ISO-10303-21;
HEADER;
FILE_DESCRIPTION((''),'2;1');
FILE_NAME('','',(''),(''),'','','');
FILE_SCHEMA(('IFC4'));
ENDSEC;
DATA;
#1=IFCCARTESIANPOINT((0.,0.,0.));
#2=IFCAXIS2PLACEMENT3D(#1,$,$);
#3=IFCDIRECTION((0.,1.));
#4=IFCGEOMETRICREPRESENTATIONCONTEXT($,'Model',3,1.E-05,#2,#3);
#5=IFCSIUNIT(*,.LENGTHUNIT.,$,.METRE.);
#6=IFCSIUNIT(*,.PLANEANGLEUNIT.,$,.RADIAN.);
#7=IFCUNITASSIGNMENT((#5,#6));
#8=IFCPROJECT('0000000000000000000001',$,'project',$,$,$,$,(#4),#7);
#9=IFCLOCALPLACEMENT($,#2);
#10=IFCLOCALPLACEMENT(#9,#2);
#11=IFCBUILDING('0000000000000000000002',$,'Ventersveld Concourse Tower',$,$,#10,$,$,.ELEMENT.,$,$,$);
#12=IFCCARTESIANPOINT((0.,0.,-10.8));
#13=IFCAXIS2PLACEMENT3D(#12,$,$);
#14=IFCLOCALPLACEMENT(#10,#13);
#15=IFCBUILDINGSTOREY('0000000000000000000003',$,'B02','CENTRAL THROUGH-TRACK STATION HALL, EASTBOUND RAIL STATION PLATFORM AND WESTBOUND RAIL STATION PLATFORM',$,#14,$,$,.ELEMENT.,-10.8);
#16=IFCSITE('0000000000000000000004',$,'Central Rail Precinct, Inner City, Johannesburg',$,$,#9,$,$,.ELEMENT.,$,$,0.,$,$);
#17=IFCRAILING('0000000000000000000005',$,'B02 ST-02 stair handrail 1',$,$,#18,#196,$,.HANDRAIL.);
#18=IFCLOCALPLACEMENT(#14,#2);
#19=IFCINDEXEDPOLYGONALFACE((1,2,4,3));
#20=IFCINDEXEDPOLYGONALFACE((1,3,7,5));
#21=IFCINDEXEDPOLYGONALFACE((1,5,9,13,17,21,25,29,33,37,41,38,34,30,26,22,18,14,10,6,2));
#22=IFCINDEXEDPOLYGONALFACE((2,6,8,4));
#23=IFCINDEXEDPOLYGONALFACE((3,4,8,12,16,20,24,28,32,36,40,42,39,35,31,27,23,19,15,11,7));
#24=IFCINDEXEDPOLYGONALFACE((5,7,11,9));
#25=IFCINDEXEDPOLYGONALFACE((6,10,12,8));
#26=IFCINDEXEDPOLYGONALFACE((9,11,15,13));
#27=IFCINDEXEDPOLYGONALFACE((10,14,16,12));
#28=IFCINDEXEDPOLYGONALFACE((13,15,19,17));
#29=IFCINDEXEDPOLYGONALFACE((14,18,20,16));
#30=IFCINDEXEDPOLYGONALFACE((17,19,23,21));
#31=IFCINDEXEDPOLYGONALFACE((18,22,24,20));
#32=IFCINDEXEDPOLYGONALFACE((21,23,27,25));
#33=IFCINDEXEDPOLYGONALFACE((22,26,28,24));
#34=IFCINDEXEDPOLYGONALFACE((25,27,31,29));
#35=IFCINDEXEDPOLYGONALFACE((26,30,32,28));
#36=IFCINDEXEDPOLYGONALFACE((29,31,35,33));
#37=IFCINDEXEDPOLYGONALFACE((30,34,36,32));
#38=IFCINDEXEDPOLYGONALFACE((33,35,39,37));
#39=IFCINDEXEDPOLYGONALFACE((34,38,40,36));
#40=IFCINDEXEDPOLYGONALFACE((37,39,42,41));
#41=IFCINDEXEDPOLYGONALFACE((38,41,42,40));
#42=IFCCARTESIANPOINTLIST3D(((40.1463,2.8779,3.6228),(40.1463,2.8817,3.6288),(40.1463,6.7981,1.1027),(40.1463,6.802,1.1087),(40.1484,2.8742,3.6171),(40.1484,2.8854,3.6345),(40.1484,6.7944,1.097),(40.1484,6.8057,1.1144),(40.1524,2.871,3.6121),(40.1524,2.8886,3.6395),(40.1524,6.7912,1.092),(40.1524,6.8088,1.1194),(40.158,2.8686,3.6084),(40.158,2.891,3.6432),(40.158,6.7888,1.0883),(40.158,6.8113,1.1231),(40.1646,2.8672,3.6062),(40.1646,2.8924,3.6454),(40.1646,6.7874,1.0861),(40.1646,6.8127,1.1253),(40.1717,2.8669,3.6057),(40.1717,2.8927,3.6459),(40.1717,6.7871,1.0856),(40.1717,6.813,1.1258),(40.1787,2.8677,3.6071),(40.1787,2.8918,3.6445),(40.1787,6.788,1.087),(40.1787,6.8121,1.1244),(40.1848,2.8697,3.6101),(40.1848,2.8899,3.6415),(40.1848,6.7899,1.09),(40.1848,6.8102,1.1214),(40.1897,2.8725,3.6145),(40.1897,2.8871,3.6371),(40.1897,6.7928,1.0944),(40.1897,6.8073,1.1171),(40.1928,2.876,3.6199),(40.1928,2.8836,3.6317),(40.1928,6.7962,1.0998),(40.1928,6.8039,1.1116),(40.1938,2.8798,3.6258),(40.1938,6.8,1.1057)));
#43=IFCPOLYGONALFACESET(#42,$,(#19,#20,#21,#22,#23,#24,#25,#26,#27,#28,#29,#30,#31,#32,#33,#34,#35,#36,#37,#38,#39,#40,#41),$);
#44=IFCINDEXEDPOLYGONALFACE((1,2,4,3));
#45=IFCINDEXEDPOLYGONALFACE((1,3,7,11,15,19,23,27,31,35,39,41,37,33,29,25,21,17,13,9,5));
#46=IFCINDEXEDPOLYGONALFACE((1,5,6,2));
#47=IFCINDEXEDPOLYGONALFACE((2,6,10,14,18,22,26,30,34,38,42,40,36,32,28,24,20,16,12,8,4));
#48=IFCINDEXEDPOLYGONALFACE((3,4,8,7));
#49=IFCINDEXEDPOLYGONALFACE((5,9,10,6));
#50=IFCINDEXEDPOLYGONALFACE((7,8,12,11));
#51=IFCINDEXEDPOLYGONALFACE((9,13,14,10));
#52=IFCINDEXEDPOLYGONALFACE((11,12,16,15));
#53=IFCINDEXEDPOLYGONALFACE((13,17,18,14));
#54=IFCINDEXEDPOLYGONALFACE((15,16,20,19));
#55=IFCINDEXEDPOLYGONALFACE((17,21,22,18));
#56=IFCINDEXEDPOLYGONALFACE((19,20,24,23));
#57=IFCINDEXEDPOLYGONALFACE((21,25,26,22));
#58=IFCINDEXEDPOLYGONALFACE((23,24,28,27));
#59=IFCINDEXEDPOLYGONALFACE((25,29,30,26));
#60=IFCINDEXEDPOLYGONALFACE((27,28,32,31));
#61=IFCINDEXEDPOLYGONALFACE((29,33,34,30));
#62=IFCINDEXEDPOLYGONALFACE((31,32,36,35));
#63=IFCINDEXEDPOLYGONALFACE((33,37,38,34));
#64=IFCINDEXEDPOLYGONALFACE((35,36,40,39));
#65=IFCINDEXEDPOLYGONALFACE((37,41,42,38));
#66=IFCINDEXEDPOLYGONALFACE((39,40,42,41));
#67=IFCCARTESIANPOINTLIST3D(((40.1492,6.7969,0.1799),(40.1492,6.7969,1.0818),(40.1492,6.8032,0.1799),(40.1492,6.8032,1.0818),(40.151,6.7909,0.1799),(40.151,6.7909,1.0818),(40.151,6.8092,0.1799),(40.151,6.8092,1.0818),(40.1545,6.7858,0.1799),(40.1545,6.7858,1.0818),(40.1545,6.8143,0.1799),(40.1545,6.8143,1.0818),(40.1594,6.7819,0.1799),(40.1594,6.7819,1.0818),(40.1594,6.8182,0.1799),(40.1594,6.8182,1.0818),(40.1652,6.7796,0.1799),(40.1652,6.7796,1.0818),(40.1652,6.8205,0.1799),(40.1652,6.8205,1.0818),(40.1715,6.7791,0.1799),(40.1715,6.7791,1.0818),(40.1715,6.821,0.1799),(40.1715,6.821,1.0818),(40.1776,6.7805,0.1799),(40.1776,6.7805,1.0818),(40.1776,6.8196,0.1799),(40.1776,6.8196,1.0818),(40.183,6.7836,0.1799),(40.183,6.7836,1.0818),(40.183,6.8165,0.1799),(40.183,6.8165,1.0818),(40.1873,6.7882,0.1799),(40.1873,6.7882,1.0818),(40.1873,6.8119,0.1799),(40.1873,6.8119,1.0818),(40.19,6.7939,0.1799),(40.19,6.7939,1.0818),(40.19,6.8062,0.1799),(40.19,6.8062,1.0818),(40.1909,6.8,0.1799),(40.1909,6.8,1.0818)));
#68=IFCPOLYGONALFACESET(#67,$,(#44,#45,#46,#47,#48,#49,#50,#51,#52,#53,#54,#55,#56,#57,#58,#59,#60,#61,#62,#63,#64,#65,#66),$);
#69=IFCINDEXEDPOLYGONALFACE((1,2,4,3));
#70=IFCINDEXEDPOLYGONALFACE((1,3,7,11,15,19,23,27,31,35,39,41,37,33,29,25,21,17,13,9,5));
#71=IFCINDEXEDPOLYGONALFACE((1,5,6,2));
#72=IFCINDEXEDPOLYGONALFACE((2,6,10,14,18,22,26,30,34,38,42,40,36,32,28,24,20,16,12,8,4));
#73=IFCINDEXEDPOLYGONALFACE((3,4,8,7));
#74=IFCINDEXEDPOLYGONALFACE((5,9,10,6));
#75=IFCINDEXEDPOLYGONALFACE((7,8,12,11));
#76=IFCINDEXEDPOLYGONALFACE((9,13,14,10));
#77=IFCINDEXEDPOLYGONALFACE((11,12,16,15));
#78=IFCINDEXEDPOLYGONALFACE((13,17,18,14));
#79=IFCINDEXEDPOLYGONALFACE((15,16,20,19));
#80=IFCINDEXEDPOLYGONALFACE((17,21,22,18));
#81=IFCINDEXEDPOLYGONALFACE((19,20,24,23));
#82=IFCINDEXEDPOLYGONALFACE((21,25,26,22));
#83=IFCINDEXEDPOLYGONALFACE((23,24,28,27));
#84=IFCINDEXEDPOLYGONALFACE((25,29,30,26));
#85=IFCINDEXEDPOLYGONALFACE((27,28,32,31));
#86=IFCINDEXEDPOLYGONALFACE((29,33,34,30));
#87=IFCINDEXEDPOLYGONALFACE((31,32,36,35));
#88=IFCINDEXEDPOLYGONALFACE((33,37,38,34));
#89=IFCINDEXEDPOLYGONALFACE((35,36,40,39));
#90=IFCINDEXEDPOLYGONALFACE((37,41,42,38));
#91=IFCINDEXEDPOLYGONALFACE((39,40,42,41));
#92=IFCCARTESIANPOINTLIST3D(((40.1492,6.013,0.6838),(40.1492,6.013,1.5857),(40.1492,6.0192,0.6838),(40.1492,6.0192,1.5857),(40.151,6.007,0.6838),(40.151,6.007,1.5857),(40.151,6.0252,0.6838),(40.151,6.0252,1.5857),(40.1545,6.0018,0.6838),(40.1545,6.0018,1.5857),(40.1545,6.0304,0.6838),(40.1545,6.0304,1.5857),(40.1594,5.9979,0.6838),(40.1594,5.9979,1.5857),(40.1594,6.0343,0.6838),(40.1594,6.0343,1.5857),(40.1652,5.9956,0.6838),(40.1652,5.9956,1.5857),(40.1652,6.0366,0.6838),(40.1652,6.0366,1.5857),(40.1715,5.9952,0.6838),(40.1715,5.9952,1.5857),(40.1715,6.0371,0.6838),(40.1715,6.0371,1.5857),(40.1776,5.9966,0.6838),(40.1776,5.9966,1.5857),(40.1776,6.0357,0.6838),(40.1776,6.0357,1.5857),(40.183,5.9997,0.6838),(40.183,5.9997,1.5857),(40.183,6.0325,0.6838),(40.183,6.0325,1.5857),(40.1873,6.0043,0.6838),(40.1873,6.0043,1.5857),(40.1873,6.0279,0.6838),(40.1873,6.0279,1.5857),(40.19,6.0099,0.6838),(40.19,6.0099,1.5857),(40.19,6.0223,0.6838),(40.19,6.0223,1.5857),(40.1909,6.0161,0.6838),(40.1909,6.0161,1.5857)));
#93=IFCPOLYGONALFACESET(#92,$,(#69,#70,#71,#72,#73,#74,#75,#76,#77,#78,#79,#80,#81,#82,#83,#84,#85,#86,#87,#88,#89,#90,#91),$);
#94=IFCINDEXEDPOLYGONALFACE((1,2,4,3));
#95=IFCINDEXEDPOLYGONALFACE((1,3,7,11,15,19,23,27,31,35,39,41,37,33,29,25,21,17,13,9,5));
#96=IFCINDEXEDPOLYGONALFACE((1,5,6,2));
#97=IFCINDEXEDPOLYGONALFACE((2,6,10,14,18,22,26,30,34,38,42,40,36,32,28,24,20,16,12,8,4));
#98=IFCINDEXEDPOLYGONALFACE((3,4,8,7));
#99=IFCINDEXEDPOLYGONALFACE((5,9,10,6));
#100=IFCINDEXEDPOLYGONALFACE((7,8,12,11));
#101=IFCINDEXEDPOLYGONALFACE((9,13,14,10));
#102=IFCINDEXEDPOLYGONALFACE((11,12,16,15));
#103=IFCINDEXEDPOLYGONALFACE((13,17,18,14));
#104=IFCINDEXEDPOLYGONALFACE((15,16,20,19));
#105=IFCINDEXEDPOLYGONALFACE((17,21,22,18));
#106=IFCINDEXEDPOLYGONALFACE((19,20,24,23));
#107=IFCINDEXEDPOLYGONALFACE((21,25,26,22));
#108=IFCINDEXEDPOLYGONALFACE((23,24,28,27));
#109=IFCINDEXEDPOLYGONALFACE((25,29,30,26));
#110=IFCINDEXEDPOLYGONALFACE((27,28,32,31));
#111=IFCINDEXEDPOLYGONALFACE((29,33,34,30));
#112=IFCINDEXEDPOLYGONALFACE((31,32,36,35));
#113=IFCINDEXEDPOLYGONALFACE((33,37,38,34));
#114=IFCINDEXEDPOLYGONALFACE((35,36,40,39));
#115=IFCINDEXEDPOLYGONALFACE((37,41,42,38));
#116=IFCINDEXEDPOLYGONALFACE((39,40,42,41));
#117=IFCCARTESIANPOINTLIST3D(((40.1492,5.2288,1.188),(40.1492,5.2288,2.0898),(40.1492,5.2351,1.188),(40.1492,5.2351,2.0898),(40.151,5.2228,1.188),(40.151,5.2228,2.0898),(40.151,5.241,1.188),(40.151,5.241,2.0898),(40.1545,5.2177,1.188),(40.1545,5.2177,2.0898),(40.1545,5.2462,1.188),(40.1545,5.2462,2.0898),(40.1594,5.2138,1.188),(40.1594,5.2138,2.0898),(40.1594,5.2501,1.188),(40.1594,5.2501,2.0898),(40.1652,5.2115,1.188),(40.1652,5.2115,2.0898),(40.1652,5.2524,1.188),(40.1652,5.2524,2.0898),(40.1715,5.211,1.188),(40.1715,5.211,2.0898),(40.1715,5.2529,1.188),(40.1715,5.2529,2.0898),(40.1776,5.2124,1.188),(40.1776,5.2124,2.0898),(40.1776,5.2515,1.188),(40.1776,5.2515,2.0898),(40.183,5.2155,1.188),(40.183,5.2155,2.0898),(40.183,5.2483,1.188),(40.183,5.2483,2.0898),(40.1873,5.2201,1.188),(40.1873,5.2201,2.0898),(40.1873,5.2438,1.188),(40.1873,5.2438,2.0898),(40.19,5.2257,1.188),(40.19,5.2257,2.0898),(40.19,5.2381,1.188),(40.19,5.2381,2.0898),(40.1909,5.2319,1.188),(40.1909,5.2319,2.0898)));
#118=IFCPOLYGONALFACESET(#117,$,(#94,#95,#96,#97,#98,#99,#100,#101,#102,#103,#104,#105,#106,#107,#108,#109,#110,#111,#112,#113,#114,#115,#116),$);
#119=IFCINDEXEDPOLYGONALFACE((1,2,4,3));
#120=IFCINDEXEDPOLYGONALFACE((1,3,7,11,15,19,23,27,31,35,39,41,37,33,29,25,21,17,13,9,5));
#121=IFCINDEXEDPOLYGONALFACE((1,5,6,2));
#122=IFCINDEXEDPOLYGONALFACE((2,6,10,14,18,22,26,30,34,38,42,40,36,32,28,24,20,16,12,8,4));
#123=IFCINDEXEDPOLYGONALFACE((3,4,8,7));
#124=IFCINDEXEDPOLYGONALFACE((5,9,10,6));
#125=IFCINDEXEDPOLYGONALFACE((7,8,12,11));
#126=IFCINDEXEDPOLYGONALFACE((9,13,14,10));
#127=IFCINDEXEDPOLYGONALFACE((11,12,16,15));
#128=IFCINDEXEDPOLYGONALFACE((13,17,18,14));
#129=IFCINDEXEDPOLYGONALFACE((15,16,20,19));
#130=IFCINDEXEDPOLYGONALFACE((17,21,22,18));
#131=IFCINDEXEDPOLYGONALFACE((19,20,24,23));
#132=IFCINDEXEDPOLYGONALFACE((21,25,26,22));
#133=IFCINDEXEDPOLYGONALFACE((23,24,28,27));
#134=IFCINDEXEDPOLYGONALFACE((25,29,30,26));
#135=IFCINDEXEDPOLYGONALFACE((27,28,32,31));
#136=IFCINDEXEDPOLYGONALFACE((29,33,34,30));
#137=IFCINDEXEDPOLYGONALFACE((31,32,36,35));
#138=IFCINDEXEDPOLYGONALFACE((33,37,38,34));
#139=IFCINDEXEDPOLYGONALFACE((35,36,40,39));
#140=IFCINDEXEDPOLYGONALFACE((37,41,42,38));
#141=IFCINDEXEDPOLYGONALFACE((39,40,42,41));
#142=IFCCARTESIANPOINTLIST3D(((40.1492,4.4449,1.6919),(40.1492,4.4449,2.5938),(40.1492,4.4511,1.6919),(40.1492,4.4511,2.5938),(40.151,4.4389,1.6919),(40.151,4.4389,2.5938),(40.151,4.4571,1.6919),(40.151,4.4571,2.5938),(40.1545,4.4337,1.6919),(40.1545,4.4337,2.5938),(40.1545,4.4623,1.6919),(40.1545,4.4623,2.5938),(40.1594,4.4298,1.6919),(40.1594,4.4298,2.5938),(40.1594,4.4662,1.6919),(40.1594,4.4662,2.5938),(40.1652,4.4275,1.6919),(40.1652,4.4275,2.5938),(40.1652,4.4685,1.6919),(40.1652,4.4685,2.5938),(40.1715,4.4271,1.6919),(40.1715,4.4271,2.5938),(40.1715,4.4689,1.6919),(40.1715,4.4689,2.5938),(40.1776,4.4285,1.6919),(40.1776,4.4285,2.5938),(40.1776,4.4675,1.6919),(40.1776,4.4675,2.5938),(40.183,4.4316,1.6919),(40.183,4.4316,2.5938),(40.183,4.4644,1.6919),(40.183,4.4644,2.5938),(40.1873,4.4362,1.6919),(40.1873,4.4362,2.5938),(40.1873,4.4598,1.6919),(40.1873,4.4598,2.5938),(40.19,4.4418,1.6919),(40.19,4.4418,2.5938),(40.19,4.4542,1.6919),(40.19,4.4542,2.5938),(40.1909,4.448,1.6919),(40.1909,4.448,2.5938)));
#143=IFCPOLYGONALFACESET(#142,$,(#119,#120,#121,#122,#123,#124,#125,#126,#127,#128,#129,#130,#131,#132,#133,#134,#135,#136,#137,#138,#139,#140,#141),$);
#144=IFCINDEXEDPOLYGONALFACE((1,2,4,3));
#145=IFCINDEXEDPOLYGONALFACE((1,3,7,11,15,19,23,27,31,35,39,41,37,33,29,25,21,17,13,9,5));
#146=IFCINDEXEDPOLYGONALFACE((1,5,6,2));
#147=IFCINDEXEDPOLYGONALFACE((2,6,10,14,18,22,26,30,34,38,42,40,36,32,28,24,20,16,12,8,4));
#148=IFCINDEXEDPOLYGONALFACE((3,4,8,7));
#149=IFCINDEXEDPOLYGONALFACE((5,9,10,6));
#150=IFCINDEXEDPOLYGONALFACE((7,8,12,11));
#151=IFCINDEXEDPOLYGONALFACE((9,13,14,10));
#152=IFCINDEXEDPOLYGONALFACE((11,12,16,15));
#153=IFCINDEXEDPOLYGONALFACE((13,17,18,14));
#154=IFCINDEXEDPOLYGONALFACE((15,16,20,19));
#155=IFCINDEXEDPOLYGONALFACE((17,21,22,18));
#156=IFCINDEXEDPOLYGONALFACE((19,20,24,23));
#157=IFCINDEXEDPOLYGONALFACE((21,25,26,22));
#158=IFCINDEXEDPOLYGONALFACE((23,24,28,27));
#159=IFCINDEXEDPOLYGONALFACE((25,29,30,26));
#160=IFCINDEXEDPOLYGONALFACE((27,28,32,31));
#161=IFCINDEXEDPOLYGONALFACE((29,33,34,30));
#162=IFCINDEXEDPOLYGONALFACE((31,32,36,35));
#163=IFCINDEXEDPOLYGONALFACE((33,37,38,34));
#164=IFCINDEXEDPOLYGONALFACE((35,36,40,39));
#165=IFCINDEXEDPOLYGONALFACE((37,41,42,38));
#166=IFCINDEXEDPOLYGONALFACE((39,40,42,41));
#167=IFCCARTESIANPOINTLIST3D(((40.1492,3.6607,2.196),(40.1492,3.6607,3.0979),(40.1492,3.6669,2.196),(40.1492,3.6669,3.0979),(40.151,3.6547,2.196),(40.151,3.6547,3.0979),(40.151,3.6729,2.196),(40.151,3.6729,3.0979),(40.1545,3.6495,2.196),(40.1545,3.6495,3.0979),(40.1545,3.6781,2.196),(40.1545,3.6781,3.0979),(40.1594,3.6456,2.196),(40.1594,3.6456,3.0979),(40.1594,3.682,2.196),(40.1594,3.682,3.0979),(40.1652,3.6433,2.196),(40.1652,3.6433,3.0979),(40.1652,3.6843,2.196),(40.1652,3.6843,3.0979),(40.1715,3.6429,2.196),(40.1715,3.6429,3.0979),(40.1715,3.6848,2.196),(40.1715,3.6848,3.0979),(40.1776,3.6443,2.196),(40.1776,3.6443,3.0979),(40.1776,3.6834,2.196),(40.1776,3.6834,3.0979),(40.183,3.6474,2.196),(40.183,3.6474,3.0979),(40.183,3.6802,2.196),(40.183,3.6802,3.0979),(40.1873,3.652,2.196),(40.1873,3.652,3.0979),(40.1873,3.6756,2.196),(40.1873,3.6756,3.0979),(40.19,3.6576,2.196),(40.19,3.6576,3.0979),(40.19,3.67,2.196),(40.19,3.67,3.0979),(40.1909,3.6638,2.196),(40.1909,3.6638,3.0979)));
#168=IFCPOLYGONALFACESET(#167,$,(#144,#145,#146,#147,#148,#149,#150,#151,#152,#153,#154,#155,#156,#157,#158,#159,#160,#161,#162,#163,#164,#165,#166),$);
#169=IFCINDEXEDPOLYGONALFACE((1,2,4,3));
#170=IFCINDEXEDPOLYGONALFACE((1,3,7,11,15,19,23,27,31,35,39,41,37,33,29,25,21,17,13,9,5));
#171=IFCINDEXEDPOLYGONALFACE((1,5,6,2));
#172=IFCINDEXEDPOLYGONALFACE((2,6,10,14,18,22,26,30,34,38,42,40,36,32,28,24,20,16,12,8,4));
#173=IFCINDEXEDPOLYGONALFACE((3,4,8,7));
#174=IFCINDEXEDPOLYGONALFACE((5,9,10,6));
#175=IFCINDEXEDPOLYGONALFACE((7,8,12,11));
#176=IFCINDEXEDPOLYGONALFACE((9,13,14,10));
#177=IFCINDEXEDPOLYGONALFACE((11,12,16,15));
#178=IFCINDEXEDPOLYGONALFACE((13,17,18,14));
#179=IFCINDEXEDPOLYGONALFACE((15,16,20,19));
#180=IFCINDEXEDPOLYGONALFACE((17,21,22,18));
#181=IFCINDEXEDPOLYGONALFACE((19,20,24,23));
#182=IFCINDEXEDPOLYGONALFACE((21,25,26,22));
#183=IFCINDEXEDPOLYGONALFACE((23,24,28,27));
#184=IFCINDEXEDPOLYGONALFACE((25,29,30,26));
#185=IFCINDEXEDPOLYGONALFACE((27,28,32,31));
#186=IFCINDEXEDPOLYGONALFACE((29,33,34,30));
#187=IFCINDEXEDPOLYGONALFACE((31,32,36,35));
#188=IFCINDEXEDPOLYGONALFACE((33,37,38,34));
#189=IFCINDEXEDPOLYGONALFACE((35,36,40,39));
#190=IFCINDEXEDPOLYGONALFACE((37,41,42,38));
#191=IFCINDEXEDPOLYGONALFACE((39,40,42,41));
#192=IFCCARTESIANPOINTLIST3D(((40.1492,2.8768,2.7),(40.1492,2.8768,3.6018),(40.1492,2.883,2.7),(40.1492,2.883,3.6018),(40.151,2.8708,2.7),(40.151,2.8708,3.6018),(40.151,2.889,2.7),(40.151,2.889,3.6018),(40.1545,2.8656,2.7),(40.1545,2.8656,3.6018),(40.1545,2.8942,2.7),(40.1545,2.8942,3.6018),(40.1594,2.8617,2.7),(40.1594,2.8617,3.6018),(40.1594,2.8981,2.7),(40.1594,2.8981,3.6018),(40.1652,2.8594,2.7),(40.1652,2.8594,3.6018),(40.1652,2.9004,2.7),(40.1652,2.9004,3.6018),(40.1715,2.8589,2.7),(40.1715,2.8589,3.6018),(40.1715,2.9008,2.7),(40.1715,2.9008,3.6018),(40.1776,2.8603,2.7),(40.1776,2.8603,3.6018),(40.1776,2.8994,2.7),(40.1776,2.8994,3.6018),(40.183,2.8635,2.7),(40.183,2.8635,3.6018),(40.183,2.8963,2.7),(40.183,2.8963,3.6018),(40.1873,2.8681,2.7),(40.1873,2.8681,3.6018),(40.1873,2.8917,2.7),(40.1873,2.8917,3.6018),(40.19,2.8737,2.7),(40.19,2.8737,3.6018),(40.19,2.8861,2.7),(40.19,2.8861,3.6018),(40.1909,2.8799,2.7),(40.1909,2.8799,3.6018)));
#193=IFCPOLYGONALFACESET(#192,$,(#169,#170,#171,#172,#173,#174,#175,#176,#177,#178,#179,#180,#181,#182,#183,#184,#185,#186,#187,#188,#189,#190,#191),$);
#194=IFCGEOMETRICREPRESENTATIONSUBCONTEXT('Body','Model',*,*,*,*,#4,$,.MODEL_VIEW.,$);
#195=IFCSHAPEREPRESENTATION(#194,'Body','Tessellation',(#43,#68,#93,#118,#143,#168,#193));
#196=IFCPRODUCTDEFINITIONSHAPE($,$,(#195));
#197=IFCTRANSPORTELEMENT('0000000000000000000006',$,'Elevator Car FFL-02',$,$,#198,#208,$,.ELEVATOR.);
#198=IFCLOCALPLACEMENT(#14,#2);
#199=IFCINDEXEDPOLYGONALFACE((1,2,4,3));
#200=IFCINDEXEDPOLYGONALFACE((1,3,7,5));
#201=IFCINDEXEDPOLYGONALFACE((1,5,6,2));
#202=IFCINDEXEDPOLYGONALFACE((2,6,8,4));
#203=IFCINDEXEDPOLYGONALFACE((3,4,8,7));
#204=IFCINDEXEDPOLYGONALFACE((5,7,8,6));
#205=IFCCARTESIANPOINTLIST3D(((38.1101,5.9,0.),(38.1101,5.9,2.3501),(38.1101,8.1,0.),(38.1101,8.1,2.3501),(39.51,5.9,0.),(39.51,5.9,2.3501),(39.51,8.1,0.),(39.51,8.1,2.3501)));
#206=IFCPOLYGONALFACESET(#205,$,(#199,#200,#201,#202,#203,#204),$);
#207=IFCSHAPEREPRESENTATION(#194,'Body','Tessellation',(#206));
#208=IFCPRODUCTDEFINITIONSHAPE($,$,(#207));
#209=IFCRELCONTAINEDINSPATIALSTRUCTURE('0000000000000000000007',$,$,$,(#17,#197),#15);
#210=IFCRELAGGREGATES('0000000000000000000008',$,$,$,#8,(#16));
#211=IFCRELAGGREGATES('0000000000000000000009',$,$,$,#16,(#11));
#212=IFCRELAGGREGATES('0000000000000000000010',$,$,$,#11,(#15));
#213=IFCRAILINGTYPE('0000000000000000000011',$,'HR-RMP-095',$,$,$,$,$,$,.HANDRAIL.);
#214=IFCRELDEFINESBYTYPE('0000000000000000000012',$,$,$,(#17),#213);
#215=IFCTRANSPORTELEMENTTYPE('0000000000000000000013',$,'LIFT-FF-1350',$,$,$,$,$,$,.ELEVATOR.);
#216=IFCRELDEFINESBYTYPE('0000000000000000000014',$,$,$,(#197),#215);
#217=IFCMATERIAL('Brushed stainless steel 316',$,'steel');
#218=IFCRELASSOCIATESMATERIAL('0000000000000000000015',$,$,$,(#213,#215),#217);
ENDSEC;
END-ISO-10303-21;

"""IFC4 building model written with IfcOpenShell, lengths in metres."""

from ifc_helpers import new_model, si_unit, direction, frame, origin, origin_2d, place, context, subcontext, project, spatial, rectangle, circle, extrude, material, type_object, element, save


model = new_model("IFC4")

# Units and contexts
model_context = context("Model", 3, precision=1e-05, world=origin(), true_north=direction((0.0, 1.0)))
body_context = subcontext(model_context, "Body", "Model", "MODEL_VIEW")
ifc_project = project(units=[si_unit("LENGTHUNIT", "METRE"), si_unit("PLANEANGLEUNIT", "RADIAN")], contexts=[model_context])

# Site, building, storey
site_placement = place(None, origin())
site = spatial("IfcSite", under=ifc_project, at=site_placement, Name="Central Rail Precinct, Inner City, Johannesburg", CompositionType="ELEMENT", RefElevation=0.0)
building_placement = place(site_placement, origin())
building = spatial("IfcBuilding", under=site, at=building_placement, Name="Ventersveld Concourse Tower", CompositionType="ELEMENT")
storey_placement = place(building_placement, frame((0.0, 0.0, -10.8)))
storey = spatial("IfcBuildingStorey", under=building, at=storey_placement, Name="B02", Description="CENTRAL THROUGH-TRACK STATION HALL, EASTBOUND RAIL STATION PLATFORM AND WESTBOUND RAIL STATION PLATFORM", CompositionType="ELEMENT", Elevation=-10.8)

# Shared definitions
ifc_material_1 = material(Name="Brushed stainless steel 316", Category="steel")

# Railing
railing_type_1 = type_object("IfcRailingType", Name="HR-RMP-095", PredefinedType="HANDRAIL", material=ifc_material_1)
railing_1_placement = place(storey_placement, frame((40.1699, 6.8, 0.1799)))
element("IfcRailing", 1, at=railing_1_placement, inside=storey, type_object=railing_type_1, Name="B02 ST-02 stair handrail 1", PredefinedType="HANDRAIL", context=body_context, shape_type="SweptSolid", body=[
    extrude(circle(Radius=0.0239, at=origin_2d()), frame((0.0, 0.0, 0.9258), z_axis=(0.0, -0.841187, 0.540744), x_axis=(1.0, 0.0, 0.0)), (0.0, 0.0, 1.0), 4.6604),
    extrude(circle(Radius=0.021, at=origin_2d()), origin(), (0.0, 0.0, 1.0), 0.9019),
    extrude(circle(Radius=0.021, at=origin_2d()), frame((0.0, -0.7839, 0.5039)), (0.0, 0.0, 1.0), 0.9019),
    extrude(circle(Radius=0.021, at=origin_2d()), frame((0.0, -1.5681, 1.0081)), (0.0, 0.0, 1.0), 0.9019),
    extrude(circle(Radius=0.021, at=origin_2d()), frame((0.0, -2.3521, 1.512)), (0.0, 0.0, 1.0), 0.9019),
    extrude(circle(Radius=0.021, at=origin_2d()), frame((0.0, -3.1362, 2.0161)), (0.0, 0.0, 1.0), 0.9019),
    extrude(circle(Radius=0.021, at=origin_2d()), frame((0.0, -3.9202, 2.52)), (0.0, 0.0, 1.0), 0.9019),
])

# Transport element
transport_element_type_1 = type_object("IfcTransportElementType", Name="LIFT-FF-1350", PredefinedType="ELEVATOR", material=ifc_material_1)
transport_element_1_placement = place(storey_placement, frame((38.8101, 7.0, 0.0), z_axis=(0.0, 0.0, 1.0), x_axis=(1.0, 0.0, 0.0)))
element("IfcTransportElement", 2, at=transport_element_1_placement, inside=storey, type_object=transport_element_type_1, Name="Elevator Car FFL-02", PredefinedType="ELEVATOR", context=body_context, shape_type="SweptSolid", body=[
    extrude(rectangle(XDim=1.3999, YDim=2.2, at=origin_2d()), origin(), (0.0, 0.0, 1.0), 2.3501),
])

save(model, "model.ifc")
